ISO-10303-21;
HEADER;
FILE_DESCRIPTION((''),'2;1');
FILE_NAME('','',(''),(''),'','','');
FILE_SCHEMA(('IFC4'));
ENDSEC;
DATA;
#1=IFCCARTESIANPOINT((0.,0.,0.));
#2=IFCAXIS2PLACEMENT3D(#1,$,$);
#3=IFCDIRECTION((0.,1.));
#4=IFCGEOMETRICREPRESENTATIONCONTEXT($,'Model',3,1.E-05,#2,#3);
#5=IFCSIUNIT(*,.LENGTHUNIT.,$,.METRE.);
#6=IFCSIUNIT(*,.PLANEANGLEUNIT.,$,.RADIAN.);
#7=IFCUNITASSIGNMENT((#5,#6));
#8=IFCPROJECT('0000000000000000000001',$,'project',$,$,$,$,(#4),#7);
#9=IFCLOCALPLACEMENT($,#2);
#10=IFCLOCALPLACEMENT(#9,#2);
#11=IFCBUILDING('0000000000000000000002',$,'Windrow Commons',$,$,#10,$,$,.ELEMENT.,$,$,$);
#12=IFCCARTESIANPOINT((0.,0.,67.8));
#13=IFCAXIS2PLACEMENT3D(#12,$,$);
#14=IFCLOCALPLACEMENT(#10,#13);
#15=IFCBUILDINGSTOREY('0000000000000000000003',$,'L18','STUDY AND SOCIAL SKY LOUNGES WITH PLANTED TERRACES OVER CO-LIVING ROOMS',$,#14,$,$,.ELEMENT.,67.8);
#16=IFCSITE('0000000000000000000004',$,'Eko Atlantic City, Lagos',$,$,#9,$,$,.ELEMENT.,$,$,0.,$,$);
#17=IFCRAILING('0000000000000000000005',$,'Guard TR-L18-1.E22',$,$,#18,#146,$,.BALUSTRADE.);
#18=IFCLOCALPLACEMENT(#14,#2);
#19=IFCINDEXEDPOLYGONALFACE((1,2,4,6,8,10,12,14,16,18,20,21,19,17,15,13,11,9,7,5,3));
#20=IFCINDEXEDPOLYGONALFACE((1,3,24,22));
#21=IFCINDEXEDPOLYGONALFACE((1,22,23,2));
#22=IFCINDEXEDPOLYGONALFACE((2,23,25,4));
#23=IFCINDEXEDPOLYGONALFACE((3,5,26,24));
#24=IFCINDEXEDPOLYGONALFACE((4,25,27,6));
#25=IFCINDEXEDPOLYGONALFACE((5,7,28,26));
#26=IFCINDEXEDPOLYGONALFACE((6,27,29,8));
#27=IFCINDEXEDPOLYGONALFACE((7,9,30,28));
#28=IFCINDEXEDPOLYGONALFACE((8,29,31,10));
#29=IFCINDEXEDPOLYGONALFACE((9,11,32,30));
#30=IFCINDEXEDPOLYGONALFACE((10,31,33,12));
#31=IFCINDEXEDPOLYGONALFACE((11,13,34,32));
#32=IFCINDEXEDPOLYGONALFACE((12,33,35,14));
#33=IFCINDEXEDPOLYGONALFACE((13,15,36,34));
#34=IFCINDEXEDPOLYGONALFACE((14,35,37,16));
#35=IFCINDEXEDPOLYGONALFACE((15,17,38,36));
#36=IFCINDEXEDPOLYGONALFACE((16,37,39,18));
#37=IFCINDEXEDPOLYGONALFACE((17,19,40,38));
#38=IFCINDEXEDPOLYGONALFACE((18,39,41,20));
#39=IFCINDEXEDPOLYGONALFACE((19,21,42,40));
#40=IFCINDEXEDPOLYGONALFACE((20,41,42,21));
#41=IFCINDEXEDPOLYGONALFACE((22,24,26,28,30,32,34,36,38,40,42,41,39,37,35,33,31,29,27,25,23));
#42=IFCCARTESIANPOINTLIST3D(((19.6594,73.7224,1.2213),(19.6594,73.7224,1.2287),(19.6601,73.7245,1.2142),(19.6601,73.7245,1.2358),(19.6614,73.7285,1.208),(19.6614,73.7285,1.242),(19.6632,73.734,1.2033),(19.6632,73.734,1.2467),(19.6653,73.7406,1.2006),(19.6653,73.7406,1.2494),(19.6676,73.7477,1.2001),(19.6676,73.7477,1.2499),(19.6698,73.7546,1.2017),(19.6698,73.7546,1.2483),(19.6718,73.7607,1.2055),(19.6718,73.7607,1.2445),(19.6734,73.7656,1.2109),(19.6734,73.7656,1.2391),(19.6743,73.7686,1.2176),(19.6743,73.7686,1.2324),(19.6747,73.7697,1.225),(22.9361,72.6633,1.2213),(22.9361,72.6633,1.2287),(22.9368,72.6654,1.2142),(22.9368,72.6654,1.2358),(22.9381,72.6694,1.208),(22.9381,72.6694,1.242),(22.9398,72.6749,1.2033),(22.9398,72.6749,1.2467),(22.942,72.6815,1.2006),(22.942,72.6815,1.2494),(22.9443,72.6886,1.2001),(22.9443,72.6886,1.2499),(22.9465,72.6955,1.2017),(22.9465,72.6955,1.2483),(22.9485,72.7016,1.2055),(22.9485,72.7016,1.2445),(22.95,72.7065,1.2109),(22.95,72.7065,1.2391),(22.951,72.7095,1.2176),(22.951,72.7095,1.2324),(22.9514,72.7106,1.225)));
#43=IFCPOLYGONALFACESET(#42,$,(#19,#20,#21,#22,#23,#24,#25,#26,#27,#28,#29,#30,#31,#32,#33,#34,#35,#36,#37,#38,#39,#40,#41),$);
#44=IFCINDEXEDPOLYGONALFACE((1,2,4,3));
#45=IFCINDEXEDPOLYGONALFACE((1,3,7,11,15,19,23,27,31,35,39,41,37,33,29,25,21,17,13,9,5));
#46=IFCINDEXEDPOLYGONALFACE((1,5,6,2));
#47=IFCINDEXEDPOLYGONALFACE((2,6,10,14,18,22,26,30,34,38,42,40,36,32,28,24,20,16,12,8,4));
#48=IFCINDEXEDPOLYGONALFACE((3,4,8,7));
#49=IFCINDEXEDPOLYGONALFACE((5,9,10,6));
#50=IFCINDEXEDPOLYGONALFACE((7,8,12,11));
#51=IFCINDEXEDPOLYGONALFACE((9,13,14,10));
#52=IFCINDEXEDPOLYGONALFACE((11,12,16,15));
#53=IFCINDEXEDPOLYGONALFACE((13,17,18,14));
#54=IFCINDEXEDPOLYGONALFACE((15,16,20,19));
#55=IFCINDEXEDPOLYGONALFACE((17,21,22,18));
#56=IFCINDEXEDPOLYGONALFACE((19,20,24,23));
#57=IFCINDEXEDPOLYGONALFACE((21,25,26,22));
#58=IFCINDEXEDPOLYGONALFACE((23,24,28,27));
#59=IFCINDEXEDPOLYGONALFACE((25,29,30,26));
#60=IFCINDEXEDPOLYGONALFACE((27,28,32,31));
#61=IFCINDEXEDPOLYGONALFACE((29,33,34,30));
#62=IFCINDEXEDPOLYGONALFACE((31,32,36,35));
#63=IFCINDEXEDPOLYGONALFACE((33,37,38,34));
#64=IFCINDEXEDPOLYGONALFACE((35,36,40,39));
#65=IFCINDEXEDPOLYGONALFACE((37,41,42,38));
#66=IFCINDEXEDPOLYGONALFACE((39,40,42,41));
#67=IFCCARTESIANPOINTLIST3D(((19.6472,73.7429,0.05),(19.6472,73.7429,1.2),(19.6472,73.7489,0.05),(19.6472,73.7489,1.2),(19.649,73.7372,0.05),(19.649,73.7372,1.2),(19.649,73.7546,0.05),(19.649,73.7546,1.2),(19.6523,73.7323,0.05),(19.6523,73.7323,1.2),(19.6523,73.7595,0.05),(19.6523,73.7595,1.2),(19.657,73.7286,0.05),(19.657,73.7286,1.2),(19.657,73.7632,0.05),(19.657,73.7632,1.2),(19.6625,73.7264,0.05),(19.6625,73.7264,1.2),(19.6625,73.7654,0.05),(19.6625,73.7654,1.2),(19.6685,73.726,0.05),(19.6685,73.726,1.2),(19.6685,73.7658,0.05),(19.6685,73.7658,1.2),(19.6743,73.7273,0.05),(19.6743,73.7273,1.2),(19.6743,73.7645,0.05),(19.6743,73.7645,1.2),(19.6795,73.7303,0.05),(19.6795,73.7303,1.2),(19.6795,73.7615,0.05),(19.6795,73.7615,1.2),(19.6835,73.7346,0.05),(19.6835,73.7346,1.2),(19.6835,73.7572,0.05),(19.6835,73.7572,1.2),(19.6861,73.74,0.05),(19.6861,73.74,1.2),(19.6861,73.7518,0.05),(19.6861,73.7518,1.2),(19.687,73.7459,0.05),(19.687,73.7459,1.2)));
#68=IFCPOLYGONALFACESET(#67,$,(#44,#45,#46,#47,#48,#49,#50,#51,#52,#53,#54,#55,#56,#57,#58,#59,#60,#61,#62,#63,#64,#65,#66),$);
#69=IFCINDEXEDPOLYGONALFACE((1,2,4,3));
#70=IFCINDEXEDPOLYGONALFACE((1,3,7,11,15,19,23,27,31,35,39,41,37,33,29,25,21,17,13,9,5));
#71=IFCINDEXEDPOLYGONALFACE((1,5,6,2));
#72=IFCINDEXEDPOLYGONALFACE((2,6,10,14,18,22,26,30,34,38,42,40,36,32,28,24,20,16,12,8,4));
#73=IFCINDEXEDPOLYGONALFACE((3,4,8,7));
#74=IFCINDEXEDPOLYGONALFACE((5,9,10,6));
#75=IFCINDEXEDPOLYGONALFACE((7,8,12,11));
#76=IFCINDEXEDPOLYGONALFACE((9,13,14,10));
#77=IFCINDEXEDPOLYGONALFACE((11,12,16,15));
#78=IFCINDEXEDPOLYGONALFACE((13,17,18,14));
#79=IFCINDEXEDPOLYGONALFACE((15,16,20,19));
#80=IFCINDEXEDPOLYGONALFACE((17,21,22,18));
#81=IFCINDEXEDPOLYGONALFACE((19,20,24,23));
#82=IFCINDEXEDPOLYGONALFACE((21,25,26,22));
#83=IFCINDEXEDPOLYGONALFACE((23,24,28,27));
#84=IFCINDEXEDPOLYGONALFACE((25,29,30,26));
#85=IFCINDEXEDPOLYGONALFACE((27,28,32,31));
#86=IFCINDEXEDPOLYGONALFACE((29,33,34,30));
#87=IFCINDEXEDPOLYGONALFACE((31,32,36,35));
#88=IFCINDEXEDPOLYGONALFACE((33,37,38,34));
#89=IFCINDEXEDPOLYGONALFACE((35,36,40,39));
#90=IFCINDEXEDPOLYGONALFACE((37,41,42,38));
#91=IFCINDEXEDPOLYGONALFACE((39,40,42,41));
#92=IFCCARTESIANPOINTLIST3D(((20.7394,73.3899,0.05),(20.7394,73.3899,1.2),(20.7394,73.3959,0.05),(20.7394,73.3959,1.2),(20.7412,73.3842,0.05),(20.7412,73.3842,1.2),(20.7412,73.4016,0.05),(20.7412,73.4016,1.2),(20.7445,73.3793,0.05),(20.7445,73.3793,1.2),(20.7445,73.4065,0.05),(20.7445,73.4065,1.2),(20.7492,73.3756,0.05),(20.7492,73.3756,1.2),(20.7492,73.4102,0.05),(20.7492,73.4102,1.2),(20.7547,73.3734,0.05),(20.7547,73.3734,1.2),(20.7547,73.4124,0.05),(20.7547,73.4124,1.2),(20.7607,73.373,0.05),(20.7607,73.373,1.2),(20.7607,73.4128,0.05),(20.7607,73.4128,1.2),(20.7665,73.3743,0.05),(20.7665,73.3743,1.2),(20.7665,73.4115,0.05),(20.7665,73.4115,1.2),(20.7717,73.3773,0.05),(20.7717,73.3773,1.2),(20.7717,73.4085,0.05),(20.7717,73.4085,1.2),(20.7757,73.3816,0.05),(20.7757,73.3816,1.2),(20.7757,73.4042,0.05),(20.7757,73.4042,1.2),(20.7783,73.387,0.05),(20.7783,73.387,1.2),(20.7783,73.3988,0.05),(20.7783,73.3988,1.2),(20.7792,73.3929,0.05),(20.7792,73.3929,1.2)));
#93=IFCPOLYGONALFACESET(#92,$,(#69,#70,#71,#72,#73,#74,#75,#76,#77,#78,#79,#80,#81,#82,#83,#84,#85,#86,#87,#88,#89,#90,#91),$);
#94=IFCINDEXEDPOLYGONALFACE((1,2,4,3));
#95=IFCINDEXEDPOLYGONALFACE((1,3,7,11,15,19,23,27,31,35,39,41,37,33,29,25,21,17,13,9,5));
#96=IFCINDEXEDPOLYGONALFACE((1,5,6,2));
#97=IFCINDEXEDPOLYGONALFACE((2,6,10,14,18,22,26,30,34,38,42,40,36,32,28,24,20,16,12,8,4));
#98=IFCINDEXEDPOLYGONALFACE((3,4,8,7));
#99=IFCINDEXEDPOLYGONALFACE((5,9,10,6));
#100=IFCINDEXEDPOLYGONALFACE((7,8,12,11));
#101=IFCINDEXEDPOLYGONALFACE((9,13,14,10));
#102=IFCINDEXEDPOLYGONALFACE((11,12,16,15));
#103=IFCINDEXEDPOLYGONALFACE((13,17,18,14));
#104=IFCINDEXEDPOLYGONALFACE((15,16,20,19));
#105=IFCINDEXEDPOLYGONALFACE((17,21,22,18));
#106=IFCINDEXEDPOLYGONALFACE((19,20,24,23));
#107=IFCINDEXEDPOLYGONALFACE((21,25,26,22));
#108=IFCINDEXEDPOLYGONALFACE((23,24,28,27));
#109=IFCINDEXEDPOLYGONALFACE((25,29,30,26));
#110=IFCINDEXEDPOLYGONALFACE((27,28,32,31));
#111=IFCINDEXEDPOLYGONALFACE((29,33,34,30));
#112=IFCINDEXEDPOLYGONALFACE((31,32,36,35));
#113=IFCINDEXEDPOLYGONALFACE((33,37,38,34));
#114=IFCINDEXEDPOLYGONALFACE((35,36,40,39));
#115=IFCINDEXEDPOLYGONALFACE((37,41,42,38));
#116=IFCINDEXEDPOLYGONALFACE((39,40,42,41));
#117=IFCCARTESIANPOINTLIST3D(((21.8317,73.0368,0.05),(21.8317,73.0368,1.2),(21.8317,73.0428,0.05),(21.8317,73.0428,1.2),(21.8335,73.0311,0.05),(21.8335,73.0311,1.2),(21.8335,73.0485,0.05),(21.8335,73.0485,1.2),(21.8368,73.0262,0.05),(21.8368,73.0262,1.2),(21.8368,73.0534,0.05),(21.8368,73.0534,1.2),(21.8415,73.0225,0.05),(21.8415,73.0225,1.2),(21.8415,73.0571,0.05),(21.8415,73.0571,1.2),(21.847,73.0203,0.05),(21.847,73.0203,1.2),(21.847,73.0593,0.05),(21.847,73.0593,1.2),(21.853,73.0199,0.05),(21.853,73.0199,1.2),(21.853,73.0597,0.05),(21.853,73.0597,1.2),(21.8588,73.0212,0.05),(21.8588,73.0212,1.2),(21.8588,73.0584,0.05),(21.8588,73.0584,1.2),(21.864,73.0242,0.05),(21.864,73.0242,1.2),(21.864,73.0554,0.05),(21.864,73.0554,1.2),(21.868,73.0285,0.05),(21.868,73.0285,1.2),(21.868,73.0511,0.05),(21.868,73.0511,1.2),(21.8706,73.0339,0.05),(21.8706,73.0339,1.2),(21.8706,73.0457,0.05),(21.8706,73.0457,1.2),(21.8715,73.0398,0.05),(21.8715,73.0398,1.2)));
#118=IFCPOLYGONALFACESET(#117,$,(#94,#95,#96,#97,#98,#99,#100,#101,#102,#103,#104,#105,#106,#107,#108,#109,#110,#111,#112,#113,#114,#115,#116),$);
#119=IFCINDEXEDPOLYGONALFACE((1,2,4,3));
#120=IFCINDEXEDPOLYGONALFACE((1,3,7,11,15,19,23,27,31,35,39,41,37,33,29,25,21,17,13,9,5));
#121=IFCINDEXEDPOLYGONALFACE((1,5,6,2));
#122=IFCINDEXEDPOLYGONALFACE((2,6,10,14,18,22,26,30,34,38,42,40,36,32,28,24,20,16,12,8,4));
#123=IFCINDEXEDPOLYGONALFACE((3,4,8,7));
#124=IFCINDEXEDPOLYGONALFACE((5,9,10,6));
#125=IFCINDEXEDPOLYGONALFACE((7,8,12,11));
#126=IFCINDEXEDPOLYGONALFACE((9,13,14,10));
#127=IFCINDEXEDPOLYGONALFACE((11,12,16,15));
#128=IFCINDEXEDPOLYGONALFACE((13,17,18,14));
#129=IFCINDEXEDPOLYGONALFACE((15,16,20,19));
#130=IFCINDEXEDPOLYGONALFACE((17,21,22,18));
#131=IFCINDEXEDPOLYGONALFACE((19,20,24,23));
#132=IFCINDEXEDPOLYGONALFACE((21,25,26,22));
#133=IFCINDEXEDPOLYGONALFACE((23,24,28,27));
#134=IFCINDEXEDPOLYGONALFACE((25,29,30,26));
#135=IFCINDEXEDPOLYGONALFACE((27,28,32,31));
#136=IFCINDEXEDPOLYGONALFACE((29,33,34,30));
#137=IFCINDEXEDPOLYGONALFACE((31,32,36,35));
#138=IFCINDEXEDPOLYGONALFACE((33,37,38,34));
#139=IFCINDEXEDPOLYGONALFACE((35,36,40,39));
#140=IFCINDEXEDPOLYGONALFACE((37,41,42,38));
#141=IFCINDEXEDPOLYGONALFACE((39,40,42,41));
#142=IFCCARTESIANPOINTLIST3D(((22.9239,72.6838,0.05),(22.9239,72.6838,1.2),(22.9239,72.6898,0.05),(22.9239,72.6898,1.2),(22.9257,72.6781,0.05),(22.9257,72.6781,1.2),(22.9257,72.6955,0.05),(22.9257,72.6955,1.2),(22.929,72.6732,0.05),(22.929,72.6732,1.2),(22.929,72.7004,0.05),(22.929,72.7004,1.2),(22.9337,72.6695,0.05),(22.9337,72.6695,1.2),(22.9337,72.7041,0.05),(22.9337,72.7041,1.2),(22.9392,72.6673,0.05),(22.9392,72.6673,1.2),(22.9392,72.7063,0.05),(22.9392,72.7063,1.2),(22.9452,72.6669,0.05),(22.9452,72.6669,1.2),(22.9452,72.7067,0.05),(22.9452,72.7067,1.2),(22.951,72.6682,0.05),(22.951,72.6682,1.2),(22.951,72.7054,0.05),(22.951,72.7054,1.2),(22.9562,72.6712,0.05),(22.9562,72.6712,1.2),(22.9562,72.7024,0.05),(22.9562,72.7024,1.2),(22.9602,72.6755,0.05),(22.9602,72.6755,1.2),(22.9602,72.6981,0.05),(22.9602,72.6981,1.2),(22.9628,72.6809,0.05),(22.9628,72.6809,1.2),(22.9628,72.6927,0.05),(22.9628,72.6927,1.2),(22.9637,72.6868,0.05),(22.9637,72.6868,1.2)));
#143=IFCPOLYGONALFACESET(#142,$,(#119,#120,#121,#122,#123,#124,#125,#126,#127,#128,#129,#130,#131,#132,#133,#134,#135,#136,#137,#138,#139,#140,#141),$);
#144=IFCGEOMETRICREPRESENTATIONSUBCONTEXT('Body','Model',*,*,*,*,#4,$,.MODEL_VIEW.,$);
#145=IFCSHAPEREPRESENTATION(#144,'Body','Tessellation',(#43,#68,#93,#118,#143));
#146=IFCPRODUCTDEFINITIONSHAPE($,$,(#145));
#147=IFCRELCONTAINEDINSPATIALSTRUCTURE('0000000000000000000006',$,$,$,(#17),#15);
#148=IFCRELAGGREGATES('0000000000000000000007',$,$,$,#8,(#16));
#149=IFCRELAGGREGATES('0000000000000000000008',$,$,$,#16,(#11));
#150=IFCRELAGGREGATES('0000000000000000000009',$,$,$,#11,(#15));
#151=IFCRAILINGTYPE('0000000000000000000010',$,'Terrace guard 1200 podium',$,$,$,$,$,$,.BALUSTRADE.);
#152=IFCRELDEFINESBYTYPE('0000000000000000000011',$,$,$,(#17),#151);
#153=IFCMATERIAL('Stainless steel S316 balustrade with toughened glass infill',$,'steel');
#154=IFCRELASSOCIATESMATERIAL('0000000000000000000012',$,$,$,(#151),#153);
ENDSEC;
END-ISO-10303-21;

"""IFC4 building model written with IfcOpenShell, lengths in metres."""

from ifc_helpers import new_model, si_unit, direction, frame, origin, origin_2d, place, context, subcontext, project, spatial, circle, extrude, material, type_object, element, save


model = new_model("IFC4")

# Units and contexts
model_context = context("Model", 3, precision=1e-05, world=origin(), true_north=direction((0.0, 1.0)))
body_context = subcontext(model_context, "Body", "Model", "MODEL_VIEW")
ifc_project = project(units=[si_unit("LENGTHUNIT", "METRE"), si_unit("PLANEANGLEUNIT", "RADIAN")], contexts=[model_context])

# Site, building, storey
site_placement = place(None, origin())
site = spatial("IfcSite", under=ifc_project, at=site_placement, Name="Eko Atlantic City, Lagos", CompositionType="ELEMENT", RefElevation=0.0)
building_placement = place(site_placement, origin())
building = spatial("IfcBuilding", under=site, at=building_placement, Name="Windrow Commons", CompositionType="ELEMENT")
storey_placement = place(building_placement, frame((0.0, 0.0, 67.8)))
storey = spatial("IfcBuildingStorey", under=building, at=storey_placement, Name="L18", Description="STUDY AND SOCIAL SKY LOUNGES WITH PLANTED TERRACES OVER CO-LIVING ROOMS", CompositionType="ELEMENT", Elevation=67.8)

# Railing
ifc_material_1 = material(Name="Stainless steel S316 balustrade with toughened glass infill", Category="steel")
railing_type = type_object("IfcRailingType", Name="Terrace guard 1200 podium", PredefinedType="BALUSTRADE", material=ifc_material_1)
railing_1_placement = place(storey_placement, frame((19.667, 73.7459, 0.05)))
element("IfcRailing", 1, at=railing_1_placement, inside=storey, type_object=railing_type, Name="Guard TR-L18-1.E22", PredefinedType="BALUSTRADE", context=body_context, shape_type="SweptSolid", body=[
    extrude(circle(Radius=0.025, at=origin_2d()), frame((0.0, 0.0, 1.175), z_axis=(0.95153, -0.307555, 0.0), x_axis=(0.307555, 0.95153, 0.0)), (0.0, 0.0, 1.0), 3.4436),
    extrude(circle(Radius=0.02, at=origin_2d()), origin(), (0.0, 0.0, 1.0), 1.15),
    extrude(circle(Radius=0.02, at=origin_2d()), frame((1.0922, -0.353, 0.0)), (0.0, 0.0, 1.0), 1.15),
    extrude(circle(Radius=0.02, at=origin_2d()), frame((2.1845, -0.7061, 0.0)), (0.0, 0.0, 1.0), 1.15),
    extrude(circle(Radius=0.02, at=origin_2d()), frame((3.2767, -1.0591, 0.0)), (0.0, 0.0, 1.0), 1.15),
])

save(model, "model.ifc")
